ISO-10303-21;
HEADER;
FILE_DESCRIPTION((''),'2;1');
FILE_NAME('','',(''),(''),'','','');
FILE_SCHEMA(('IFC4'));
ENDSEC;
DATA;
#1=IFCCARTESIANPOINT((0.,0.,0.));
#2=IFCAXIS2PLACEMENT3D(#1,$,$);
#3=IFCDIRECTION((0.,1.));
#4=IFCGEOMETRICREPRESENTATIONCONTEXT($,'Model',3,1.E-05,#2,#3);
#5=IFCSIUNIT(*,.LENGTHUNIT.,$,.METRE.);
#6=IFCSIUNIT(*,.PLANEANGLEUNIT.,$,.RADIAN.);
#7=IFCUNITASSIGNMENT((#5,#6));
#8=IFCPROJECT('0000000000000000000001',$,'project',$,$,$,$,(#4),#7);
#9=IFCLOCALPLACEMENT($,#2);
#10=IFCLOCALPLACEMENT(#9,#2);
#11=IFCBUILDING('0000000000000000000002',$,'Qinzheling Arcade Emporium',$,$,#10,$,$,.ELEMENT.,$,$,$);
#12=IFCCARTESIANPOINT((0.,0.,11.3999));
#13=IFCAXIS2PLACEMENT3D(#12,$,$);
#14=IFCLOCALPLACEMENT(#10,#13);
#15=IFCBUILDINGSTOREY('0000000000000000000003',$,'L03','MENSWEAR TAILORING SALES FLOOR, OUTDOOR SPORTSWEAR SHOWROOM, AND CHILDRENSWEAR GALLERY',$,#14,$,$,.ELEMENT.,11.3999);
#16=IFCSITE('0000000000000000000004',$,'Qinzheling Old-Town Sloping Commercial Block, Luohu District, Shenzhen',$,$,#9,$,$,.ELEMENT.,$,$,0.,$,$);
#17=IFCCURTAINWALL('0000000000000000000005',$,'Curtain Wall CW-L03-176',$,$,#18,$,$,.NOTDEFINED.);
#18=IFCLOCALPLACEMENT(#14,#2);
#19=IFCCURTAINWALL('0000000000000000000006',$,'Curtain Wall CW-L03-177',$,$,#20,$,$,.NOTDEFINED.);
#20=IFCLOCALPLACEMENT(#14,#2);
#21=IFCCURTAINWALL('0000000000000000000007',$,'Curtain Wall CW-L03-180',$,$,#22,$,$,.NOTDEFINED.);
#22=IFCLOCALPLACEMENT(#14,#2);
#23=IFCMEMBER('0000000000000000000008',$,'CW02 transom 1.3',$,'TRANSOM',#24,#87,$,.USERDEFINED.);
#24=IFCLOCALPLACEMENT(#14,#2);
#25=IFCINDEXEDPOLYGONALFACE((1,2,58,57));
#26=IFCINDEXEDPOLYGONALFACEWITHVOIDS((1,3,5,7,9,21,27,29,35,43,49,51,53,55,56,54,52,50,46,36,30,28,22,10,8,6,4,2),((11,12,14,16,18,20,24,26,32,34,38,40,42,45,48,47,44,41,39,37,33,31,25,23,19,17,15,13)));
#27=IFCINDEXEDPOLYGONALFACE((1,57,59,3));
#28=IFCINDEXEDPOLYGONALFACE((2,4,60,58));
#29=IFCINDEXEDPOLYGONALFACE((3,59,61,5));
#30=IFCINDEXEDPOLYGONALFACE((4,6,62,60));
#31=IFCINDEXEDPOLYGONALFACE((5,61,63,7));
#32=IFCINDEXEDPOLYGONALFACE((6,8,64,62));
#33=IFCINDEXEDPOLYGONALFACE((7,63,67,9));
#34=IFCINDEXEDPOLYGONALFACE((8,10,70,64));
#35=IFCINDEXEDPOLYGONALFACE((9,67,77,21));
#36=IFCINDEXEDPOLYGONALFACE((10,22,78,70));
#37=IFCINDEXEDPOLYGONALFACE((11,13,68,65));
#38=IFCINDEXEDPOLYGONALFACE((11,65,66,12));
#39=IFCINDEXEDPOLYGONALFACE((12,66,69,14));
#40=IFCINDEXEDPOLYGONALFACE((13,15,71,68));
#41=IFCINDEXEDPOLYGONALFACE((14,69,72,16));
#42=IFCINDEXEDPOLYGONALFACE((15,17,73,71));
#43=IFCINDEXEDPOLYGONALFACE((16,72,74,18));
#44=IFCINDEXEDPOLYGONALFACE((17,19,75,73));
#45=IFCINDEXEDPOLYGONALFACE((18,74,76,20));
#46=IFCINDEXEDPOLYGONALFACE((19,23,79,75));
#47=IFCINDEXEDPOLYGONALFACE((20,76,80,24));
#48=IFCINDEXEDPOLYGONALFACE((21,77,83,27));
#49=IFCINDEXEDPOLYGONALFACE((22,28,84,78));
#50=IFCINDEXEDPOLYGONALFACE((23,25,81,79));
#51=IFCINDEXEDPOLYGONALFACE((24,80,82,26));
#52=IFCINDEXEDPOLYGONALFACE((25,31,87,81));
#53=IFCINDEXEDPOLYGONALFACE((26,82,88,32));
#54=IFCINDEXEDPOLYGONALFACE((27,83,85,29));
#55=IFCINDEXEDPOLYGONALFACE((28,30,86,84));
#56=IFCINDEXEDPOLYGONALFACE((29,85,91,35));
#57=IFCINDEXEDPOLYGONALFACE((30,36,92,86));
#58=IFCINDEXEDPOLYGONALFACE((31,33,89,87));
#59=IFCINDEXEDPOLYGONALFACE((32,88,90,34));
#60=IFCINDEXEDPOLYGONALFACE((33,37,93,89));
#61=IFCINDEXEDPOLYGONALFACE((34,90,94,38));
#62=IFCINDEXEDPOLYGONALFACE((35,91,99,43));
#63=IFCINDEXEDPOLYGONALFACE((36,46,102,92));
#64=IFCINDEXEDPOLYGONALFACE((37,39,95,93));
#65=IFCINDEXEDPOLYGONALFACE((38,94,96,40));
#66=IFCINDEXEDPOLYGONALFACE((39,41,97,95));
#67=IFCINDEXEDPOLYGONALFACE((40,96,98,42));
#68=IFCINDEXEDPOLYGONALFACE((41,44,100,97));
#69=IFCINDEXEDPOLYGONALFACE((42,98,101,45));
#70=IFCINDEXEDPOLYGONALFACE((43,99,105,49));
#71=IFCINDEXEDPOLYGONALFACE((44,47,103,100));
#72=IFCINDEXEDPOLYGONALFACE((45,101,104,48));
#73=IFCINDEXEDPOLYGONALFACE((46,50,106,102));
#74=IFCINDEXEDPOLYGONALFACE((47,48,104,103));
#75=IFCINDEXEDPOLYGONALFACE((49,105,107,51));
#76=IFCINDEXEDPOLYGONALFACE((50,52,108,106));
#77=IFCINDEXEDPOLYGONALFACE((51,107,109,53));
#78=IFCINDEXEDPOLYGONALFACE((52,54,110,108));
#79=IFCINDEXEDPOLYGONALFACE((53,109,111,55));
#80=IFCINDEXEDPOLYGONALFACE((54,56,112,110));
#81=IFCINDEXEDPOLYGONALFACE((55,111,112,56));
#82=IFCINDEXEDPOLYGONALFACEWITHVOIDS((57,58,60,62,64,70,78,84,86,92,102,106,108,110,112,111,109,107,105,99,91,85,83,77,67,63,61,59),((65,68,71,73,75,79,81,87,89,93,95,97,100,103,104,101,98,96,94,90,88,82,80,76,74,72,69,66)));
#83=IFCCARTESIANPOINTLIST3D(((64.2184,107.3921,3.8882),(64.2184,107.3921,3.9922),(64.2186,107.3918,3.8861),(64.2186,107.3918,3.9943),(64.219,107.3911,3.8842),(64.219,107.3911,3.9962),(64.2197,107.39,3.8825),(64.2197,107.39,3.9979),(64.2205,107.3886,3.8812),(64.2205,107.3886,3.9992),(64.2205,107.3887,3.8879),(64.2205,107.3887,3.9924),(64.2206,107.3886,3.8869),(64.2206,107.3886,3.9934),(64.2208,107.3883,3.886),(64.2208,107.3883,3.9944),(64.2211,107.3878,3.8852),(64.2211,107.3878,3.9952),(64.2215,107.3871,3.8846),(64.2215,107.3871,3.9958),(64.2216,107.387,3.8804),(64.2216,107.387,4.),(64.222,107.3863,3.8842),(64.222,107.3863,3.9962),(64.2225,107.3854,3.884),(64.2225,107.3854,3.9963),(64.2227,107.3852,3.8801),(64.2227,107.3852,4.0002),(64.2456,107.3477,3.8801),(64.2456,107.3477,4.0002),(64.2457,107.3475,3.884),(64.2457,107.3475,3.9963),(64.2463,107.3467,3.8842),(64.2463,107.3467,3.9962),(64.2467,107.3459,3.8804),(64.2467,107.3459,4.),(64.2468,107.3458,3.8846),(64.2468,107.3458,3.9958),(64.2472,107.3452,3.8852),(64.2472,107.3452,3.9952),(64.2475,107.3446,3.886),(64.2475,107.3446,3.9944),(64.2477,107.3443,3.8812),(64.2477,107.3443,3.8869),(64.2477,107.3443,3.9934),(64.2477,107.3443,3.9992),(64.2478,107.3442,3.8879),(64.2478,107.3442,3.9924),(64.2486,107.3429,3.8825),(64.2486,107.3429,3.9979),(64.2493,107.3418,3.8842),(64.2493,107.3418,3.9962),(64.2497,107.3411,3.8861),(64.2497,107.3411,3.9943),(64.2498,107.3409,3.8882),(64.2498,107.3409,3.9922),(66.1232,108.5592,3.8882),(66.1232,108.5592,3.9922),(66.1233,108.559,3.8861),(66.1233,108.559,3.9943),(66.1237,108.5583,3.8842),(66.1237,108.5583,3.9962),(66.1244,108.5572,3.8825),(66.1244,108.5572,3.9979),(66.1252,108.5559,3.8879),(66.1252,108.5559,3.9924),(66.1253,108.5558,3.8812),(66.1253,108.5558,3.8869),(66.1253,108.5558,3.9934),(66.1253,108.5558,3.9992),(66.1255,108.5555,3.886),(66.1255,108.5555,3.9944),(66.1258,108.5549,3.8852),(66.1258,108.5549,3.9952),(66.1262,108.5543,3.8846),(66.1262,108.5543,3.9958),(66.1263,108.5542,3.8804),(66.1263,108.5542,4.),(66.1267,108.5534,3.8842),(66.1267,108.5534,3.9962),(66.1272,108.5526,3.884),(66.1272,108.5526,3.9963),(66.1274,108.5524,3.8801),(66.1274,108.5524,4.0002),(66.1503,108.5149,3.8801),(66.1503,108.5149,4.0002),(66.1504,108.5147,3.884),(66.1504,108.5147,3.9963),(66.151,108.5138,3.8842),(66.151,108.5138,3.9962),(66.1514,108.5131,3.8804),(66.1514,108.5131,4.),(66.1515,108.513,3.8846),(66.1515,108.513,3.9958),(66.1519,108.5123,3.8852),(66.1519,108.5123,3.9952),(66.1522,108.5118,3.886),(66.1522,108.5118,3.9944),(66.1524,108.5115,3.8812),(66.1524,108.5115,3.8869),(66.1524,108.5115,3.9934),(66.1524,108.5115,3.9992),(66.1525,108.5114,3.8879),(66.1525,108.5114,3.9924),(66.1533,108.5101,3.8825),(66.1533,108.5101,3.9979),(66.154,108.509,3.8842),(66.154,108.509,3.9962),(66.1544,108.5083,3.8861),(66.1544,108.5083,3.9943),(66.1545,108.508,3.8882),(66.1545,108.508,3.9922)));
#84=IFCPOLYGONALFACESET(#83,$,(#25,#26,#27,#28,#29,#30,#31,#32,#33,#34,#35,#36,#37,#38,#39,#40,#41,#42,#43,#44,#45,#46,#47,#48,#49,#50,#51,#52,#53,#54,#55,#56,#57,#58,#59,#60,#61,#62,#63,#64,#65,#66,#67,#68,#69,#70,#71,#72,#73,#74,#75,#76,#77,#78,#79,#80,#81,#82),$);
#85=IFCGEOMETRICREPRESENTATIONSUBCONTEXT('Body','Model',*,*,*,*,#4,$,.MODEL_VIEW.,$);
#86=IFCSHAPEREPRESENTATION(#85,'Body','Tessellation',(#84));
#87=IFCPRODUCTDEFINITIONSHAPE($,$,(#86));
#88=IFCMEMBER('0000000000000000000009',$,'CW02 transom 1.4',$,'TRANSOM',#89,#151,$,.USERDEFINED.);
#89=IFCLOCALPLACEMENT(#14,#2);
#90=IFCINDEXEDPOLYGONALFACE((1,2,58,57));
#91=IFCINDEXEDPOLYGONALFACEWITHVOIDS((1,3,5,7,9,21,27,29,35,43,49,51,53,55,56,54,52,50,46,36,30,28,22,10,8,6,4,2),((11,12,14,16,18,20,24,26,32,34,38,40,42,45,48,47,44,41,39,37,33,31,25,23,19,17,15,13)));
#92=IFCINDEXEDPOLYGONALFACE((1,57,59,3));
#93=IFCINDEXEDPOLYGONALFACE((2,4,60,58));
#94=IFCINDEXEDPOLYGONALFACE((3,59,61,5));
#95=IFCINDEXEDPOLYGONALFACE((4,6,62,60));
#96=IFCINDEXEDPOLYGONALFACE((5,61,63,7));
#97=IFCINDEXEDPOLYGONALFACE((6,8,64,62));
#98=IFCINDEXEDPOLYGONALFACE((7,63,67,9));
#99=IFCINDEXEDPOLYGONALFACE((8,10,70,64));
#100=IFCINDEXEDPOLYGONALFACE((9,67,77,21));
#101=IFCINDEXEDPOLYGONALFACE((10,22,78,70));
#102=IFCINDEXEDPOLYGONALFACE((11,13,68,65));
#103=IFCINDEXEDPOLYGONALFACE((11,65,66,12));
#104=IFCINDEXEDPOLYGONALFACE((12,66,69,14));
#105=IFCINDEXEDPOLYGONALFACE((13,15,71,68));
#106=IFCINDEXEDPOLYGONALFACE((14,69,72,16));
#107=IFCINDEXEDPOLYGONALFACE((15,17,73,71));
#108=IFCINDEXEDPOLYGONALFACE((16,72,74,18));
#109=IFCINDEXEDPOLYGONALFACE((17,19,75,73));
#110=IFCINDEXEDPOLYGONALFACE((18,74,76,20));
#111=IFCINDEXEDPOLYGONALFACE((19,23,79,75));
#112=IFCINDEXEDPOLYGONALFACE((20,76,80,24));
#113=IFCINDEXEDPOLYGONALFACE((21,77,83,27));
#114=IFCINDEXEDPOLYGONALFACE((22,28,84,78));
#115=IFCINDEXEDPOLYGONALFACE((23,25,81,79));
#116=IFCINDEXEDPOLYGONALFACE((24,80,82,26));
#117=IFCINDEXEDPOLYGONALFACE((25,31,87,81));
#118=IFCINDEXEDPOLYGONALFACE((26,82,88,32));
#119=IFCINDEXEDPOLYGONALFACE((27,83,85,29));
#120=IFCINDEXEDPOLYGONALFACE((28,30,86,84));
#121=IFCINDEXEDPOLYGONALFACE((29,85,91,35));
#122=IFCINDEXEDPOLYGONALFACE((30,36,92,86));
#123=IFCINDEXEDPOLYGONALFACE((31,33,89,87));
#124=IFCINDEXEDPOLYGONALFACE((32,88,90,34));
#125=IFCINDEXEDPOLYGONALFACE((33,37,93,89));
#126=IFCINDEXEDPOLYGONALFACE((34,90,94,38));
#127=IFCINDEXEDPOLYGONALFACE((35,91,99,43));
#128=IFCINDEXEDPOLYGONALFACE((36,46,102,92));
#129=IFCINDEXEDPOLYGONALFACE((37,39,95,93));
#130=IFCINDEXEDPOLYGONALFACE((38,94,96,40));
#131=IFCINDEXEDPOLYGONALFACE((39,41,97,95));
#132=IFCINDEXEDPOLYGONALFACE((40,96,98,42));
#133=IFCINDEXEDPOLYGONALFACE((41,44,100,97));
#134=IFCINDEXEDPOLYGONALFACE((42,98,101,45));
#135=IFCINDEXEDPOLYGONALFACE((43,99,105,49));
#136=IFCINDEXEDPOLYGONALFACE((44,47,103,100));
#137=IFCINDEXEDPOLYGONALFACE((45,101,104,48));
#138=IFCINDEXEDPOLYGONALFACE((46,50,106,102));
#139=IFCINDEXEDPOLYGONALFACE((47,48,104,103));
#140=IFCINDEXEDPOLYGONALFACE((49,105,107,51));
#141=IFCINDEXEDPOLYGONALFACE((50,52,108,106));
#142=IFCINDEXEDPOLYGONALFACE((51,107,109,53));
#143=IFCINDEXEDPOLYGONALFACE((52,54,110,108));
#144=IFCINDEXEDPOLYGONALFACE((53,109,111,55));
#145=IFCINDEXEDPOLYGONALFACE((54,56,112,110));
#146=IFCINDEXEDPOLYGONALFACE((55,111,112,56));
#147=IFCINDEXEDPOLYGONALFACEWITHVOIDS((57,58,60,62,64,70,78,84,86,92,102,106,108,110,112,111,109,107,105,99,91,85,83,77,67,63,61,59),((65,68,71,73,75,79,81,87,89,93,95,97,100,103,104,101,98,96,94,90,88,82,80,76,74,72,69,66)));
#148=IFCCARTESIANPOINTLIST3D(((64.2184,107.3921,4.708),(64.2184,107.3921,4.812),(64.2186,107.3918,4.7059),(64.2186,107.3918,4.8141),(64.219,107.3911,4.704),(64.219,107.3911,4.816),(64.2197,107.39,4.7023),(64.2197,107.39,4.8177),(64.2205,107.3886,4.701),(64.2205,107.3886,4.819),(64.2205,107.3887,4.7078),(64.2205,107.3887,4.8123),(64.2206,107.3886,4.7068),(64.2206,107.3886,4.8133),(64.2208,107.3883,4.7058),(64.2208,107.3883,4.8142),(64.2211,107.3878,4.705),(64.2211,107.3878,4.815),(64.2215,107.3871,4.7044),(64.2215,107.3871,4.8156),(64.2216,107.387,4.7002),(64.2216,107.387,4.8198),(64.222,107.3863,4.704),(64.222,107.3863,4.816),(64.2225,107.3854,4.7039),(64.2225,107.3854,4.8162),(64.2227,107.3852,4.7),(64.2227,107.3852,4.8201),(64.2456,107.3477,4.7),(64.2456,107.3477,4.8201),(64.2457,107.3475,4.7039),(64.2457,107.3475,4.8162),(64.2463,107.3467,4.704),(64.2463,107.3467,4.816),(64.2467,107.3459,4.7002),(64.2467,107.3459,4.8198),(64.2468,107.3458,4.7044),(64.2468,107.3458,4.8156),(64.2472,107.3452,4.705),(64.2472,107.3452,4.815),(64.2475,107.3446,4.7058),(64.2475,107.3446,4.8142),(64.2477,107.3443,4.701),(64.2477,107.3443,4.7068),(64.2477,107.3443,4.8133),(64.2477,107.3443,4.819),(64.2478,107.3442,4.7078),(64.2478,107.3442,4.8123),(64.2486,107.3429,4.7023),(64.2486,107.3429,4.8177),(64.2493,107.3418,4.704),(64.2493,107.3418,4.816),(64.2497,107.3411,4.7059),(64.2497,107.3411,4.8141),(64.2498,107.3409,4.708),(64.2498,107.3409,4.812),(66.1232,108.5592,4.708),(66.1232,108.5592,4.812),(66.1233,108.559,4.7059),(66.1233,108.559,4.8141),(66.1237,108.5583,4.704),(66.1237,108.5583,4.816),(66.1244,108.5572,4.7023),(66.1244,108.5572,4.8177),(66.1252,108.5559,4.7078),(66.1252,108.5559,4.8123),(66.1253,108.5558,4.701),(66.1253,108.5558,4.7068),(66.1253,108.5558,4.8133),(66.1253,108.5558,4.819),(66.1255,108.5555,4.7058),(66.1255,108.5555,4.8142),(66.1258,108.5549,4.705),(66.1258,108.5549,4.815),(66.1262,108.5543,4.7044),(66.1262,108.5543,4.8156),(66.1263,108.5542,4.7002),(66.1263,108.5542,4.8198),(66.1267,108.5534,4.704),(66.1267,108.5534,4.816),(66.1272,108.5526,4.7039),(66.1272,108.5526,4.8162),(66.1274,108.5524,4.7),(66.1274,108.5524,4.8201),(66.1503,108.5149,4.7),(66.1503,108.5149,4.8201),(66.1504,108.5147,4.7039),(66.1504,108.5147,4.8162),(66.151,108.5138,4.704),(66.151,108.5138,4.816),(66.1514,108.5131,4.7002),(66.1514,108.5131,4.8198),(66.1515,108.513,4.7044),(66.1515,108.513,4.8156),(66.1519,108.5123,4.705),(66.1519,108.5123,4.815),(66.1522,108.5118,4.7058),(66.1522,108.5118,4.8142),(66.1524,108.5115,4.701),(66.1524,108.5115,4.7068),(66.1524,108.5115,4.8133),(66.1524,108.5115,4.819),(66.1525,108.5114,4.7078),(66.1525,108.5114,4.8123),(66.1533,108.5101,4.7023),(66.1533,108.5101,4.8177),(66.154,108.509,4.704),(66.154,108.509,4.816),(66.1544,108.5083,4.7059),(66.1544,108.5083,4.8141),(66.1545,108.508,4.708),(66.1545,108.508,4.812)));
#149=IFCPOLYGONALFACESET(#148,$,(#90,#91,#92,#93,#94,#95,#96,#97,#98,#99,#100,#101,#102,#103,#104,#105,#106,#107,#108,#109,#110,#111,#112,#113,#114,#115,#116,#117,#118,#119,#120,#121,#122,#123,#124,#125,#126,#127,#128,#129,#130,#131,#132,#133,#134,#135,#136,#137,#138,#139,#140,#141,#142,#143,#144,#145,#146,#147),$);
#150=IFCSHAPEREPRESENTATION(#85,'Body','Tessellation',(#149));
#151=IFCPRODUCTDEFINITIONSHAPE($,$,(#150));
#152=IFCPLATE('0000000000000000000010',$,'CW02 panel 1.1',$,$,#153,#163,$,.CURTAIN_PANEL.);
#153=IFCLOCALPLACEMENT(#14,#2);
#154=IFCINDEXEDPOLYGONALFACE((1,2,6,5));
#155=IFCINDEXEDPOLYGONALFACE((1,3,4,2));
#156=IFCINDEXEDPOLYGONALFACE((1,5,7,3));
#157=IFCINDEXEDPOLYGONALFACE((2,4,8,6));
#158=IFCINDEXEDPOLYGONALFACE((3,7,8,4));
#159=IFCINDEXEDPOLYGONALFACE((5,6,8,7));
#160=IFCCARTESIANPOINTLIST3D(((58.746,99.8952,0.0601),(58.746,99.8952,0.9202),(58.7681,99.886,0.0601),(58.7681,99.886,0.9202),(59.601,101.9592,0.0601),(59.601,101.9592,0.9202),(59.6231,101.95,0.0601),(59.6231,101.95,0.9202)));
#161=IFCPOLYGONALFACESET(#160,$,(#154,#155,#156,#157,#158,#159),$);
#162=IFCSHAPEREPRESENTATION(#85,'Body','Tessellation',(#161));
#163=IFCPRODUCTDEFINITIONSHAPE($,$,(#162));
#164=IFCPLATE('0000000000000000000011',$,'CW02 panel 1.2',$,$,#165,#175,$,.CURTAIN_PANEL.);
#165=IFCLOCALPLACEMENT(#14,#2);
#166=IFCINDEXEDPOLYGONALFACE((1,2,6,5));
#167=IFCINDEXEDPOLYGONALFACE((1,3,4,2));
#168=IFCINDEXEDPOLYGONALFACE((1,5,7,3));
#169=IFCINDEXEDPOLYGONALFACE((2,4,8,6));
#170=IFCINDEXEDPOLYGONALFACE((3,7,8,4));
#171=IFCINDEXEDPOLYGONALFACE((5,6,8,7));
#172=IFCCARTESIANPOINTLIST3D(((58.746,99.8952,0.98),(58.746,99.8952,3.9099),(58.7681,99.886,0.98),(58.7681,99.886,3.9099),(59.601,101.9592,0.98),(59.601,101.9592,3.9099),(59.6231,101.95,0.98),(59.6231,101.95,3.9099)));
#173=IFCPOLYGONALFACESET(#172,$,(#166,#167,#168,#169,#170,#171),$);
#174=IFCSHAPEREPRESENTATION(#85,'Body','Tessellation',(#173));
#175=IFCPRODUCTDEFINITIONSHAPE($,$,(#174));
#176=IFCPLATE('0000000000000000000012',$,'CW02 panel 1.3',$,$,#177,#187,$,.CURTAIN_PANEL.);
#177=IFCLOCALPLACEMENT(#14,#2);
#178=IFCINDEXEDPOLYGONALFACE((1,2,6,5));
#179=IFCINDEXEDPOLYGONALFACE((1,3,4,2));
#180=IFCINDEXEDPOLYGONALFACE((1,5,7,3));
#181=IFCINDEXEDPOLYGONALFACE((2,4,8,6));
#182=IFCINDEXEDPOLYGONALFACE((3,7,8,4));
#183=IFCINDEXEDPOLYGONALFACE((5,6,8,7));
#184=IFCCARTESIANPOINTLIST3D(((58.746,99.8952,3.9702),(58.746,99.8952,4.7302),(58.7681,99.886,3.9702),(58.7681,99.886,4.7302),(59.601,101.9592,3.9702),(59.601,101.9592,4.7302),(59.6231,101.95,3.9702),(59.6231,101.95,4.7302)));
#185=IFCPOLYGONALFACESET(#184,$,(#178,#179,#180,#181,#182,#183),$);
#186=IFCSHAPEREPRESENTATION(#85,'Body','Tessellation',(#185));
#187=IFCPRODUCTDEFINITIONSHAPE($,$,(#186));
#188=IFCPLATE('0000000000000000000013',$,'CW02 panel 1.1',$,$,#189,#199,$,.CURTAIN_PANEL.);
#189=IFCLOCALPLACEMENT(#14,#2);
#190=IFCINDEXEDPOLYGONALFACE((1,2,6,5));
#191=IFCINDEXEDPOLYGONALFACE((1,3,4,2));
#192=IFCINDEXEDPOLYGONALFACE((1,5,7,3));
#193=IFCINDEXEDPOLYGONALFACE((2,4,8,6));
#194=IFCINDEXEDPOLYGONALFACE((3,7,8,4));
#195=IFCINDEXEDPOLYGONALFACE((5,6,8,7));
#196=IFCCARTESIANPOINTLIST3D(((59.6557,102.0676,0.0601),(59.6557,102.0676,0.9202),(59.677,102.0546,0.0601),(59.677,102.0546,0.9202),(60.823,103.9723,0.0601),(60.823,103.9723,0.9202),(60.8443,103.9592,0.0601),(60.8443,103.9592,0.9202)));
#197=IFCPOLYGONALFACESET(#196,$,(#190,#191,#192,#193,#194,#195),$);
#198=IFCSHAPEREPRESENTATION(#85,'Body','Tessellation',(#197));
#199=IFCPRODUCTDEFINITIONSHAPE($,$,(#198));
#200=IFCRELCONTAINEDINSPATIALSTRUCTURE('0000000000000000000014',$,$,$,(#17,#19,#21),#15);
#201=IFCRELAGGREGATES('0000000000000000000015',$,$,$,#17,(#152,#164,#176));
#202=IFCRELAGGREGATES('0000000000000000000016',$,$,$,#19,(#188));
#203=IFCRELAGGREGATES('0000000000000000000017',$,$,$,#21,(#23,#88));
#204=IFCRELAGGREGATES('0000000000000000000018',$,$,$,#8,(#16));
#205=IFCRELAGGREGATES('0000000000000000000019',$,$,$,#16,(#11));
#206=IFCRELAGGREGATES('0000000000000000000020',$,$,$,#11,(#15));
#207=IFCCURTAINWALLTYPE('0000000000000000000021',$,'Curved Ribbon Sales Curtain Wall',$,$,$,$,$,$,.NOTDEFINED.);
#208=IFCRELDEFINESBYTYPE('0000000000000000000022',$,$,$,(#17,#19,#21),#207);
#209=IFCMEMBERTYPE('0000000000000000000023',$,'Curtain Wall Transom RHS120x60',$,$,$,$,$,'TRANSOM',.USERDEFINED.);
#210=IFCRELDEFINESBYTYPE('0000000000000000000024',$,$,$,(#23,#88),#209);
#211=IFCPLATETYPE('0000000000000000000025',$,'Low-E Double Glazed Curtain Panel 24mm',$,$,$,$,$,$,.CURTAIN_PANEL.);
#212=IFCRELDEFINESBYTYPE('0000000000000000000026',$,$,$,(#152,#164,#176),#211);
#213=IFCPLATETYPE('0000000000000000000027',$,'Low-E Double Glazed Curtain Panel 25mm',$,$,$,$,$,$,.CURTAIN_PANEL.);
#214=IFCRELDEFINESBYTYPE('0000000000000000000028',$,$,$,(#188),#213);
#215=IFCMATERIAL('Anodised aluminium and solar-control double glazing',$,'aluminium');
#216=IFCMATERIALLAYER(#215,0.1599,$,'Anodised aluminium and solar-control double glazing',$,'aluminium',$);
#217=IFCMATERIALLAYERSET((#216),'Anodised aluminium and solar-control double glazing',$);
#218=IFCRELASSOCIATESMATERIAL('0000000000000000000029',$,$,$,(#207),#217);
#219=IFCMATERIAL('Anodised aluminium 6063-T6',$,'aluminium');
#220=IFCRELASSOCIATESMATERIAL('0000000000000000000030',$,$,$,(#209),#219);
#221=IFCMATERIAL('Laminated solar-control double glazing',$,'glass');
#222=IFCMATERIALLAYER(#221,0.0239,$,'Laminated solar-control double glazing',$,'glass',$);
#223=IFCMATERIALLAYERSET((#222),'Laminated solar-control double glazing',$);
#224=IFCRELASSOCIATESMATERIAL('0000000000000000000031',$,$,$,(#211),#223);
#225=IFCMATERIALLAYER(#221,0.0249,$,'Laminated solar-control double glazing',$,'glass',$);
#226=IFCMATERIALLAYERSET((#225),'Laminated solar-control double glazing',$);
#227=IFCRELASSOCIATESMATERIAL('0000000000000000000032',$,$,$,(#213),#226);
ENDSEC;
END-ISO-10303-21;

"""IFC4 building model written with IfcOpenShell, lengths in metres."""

from ifc_helpers import new_model, si_unit, direction, frame, origin, origin_2d, place, context, subcontext, project, spatial, rectangle, hollow_rectangle, extrude, material, layer, layer_set, material_profile, profile_set, type_object, element, aggregate, save


model = new_model("IFC4")

# Units and contexts
model_context = context("Model", 3, precision=1e-05, world=origin(), true_north=direction((0.0, 1.0)))
body_context = subcontext(model_context, "Body", "Model", "MODEL_VIEW")
ifc_project = project(units=[si_unit("LENGTHUNIT", "METRE"), si_unit("PLANEANGLEUNIT", "RADIAN")], contexts=[model_context])

# Site, building, storey
site_placement = place(None, origin())
site = spatial("IfcSite", under=ifc_project, at=site_placement, Name="Qinzheling Old-Town Sloping Commercial Block, Luohu District, Shenzhen", CompositionType="ELEMENT", RefElevation=0.0)
building_placement = place(site_placement, origin())
building = spatial("IfcBuilding", under=site, at=building_placement, Name="Qinzheling Arcade Emporium", CompositionType="ELEMENT")
storey_placement = place(building_placement, frame((0.0, 0.0, 11.3999)))
storey = spatial("IfcBuildingStorey", under=building, at=storey_placement, Name="L03", Description="MENSWEAR TAILORING SALES FLOOR, OUTDOOR SPORTSWEAR SHOWROOM, AND CHILDRENSWEAR GALLERY", CompositionType="ELEMENT", Elevation=11.3999)

# Curtain wall
ifc_material_1 = material(Name="Anodised aluminium and solar-control double glazing", Category="aluminium")
ifc_layer_1 = layer(ifc_material_1, 0.1599, Name="Anodised aluminium and solar-control double glazing", Category="aluminium")
ifc_layer_set_1 = layer_set([ifc_layer_1], Name="Anodised aluminium and solar-control double glazing")
curtain_wall_type = type_object("IfcCurtainWallType", Name="Curved Ribbon Sales Curtain Wall", PredefinedType="NOTDEFINED", material=ifc_layer_set_1)
curtain_wall_1_placement = place(storey_placement, origin())
curtain_wall_1 = element("IfcCurtainWall", 1, at=curtain_wall_1_placement, inside=storey, type_object=curtain_wall_type, Name="Curtain Wall CW-L03-176", PredefinedType="NOTDEFINED")
ifc_material_2 = material(Name="Anodised aluminium 6063-T6", Category="aluminium")

# Curtain wall
curtain_wall_2_placement = place(storey_placement, origin())
curtain_wall_2 = element("IfcCurtainWall", 2, at=curtain_wall_2_placement, inside=storey, type_object=curtain_wall_type, Name="Curtain Wall CW-L03-177", PredefinedType="NOTDEFINED")

# Curtain wall
curtain_wall_3_placement = place(storey_placement, origin())
curtain_wall_3 = element("IfcCurtainWall", 3, at=curtain_wall_3_placement, inside=storey, type_object=curtain_wall_type, Name="Curtain Wall CW-L03-180", PredefinedType="NOTDEFINED")

# Members
ifc_material_profile_1 = material_profile(ifc_material_2, hollow_rectangle(XDim=0.0601, YDim=0.1201, WallThickness=0.0039, InnerFilletRadius=0.0039, OuterFilletRadius=0.0081, at=origin_2d()), Name="RHS 120x60x4", Category="aluminium")
ifc_profile_set_1 = profile_set([ifc_material_profile_1], Name="Anodised aluminium 6063-T6")
member_type_1 = type_object("IfcMemberType", Name="Curtain Wall Transom RHS120x60", ElementType="TRANSOM", PredefinedType="USERDEFINED", material=ifc_profile_set_1)
member_1_placement = place(storey_placement, frame((64.2341, 107.3665, 3.9402), z_axis=(0.852644, 0.522493, 0.0), x_axis=(-0.522493, 0.852644, 0.0)))
member_1 = element("IfcMember", 4, at=member_1_placement, type_object=member_type_1, Name="CW02 transom 1.3", ObjectType="TRANSOM", PredefinedType="USERDEFINED", context=body_context, shape_type="SweptSolid", body=[
    extrude(hollow_rectangle(XDim=0.0601, YDim=0.1201, WallThickness=0.0039, InnerFilletRadius=0.0039, OuterFilletRadius=0.0081, at=origin_2d()), origin(), (0.0, 0.0, 1.0), 2.2339),
])
member_2_placement = place(storey_placement, frame((64.2341, 107.3665, 4.76), z_axis=(0.852644, 0.522493, 0.0), x_axis=(-0.522493, 0.852644, 0.0)))
member_2 = element("IfcMember", 5, at=member_2_placement, type_object=member_type_1, Name="CW02 transom 1.4", ObjectType="TRANSOM", PredefinedType="USERDEFINED", context=body_context, shape_type="SweptSolid", body=[
    extrude(hollow_rectangle(XDim=0.0601, YDim=0.1201, WallThickness=0.0039, InnerFilletRadius=0.0039, OuterFilletRadius=0.0081, at=origin_2d()), origin(), (0.0, 0.0, 1.0), 2.2339),
])

# Plates
ifc_material_3 = material(Name="Laminated solar-control double glazing", Category="glass")
ifc_layer_2 = layer(ifc_material_3, 0.0239, Name="Laminated solar-control double glazing", Category="glass")
ifc_layer_set_2 = layer_set([ifc_layer_2], Name="Laminated solar-control double glazing")
plate_type_1 = type_object("IfcPlateType", Name="Low-E Double Glazed Curtain Panel 24mm", PredefinedType="CURTAIN_PANEL", material=ifc_layer_set_2)
plate_1_placement = place(storey_placement, frame((59.1846, 100.9226, 0.0601), z_axis=(0.0, 0.0, 1.0), x_axis=(0.382714, 0.923867, 0.0)))
plate_1 = element("IfcPlate", 6, at=plate_1_placement, type_object=plate_type_1, Name="CW02 panel 1.1", PredefinedType="CURTAIN_PANEL", context=body_context, shape_type="SweptSolid", body=[
    extrude(rectangle(XDim=2.2341, YDim=0.0239, at=origin_2d()), origin(), (0.0, 0.0, 1.0), 0.8601),
])
plate_2_placement = place(storey_placement, frame((59.1846, 100.9226, 0.98), z_axis=(0.0, 0.0, 1.0), x_axis=(0.382714, 0.923867, 0.0)))
plate_2 = element("IfcPlate", 7, at=plate_2_placement, type_object=plate_type_1, Name="CW02 panel 1.2", PredefinedType="CURTAIN_PANEL", context=body_context, shape_type="SweptSolid", body=[
    extrude(rectangle(XDim=2.2341, YDim=0.0239, at=origin_2d()), origin(), (0.0, 0.0, 1.0), 2.9299),
])
plate_3_placement = place(storey_placement, frame((59.1846, 100.9226, 3.9702), z_axis=(0.0, 0.0, 1.0), x_axis=(0.382714, 0.923867, 0.0)))
plate_3 = element("IfcPlate", 8, at=plate_3_placement, type_object=plate_type_1, Name="CW02 panel 1.3", PredefinedType="CURTAIN_PANEL", context=body_context, shape_type="SweptSolid", body=[
    extrude(rectangle(XDim=2.2341, YDim=0.0239, at=origin_2d()), origin(), (0.0, 0.0, 1.0), 0.76),
])
aggregate(curtain_wall_1, [plate_1, plate_2, plate_3])
ifc_layer_3 = layer(ifc_material_3, 0.0249, Name="Laminated solar-control double glazing", Category="glass")
ifc_layer_set_3 = layer_set([ifc_layer_3], Name="Laminated solar-control double glazing")
plate_type_2 = type_object("IfcPlateType", Name="Low-E Double Glazed Curtain Panel 25mm", PredefinedType="CURTAIN_PANEL", material=ifc_layer_set_3)
plate_4_placement = place(storey_placement, frame((60.25, 103.0134, 0.0601), z_axis=(0.0, 0.0, 1.0), x_axis=(0.522532, 0.85262, 0.0)))
plate_4 = element("IfcPlate", 9, at=plate_4_placement, type_object=plate_type_2, Name="CW02 panel 1.1", PredefinedType="CURTAIN_PANEL", context=body_context, shape_type="SweptSolid", body=[
    extrude(rectangle(XDim=2.2339, YDim=0.0249, at=origin_2d()), origin(), (0.0, 0.0, 1.0), 0.8601),
])
aggregate(curtain_wall_2, [plate_4])
aggregate(curtain_wall_3, [member_1, member_2])

save(model, "model.ifc")
